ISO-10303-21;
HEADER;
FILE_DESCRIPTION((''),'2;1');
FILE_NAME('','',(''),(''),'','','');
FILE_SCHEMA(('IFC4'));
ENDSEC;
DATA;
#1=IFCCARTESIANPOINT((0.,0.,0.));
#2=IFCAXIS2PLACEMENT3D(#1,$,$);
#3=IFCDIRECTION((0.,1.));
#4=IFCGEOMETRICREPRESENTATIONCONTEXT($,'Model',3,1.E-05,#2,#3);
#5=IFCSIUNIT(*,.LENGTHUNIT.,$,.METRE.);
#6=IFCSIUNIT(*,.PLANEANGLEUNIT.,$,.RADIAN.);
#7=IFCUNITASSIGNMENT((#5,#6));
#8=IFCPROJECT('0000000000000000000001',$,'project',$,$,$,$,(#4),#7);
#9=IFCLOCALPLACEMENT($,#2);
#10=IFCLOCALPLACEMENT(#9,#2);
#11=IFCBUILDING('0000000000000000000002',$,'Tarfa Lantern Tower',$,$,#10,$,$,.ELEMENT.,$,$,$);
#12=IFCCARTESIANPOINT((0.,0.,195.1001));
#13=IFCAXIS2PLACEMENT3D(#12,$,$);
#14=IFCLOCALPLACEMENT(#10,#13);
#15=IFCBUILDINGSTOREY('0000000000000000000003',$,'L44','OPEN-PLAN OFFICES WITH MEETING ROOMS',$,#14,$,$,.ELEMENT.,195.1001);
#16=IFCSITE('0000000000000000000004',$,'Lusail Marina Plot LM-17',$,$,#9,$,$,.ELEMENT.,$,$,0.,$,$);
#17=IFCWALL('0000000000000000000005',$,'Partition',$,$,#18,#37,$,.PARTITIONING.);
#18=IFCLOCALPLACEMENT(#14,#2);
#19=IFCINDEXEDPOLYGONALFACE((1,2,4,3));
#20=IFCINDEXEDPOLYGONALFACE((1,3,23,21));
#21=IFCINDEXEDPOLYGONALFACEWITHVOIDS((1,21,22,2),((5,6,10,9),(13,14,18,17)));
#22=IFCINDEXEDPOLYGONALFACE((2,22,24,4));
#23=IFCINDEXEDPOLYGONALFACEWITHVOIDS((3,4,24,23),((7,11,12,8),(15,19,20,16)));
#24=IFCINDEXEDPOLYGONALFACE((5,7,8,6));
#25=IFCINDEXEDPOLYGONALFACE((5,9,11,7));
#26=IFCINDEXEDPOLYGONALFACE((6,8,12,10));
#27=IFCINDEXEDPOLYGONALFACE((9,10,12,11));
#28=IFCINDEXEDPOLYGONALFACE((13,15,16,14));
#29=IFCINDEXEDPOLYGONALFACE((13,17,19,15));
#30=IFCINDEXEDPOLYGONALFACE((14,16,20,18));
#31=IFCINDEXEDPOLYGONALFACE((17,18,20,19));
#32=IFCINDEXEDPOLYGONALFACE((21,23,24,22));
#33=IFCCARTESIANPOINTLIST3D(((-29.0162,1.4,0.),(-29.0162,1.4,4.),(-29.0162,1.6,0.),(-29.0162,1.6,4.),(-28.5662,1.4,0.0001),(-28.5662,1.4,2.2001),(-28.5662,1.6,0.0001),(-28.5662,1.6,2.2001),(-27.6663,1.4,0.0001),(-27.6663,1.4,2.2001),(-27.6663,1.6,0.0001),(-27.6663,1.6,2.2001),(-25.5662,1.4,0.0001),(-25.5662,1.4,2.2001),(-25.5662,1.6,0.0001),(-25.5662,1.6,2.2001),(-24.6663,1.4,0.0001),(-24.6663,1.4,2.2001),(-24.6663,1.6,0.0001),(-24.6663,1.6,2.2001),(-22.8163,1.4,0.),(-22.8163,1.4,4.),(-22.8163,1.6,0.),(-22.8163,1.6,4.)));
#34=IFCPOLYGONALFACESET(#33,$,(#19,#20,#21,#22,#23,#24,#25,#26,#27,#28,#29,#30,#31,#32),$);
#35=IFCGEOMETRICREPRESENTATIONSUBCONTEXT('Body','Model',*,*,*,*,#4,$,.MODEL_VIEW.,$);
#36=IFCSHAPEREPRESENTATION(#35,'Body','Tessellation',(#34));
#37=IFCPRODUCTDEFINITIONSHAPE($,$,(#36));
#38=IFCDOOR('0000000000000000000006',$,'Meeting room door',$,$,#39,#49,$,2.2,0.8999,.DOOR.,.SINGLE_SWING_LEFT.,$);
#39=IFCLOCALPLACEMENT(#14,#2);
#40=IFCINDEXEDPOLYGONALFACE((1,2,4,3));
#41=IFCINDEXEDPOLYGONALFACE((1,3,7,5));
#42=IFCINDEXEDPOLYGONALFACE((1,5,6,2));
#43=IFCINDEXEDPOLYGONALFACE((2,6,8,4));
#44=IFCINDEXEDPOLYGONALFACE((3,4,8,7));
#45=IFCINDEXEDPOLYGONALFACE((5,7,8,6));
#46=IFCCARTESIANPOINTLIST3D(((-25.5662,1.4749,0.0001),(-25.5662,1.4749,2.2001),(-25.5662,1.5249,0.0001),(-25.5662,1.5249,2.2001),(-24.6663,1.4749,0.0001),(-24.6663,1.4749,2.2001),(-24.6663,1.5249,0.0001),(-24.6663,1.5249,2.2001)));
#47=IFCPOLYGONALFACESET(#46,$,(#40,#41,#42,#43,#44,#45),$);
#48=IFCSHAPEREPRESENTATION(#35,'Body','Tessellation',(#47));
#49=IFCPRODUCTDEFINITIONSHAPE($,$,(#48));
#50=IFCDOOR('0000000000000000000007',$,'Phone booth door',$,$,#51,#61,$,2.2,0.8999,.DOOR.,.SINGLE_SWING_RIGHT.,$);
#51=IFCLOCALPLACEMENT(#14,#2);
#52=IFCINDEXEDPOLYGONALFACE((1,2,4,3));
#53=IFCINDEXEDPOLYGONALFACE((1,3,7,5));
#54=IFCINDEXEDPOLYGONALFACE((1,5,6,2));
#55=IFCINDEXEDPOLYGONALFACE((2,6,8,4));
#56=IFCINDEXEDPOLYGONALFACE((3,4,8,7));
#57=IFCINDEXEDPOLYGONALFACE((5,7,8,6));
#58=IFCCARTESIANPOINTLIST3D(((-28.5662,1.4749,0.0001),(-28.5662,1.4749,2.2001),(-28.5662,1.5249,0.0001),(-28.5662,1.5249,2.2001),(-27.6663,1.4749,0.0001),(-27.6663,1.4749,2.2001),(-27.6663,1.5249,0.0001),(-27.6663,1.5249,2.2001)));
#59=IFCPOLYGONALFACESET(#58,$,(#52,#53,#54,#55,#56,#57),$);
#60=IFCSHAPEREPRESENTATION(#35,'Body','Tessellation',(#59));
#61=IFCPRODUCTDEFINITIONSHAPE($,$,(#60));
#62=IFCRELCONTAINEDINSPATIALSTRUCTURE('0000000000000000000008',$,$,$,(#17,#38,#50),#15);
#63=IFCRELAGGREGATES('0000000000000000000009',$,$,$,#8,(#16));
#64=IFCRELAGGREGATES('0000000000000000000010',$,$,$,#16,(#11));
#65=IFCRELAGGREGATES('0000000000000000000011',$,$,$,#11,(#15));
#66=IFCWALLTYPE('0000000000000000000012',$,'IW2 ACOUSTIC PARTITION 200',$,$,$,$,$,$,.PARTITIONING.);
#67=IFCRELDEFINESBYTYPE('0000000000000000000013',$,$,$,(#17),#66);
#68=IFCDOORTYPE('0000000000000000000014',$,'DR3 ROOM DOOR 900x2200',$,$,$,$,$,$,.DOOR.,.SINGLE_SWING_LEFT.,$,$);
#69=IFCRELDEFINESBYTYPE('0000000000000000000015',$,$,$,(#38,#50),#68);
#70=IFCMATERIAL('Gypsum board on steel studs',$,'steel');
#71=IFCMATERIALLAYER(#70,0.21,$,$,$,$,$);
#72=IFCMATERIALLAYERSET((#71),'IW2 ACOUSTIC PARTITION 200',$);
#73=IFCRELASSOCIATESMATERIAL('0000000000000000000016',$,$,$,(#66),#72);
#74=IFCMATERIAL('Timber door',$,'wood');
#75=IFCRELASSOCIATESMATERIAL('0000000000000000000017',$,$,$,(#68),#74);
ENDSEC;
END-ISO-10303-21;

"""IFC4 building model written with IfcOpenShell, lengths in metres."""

from ifc_helpers import new_model, si_unit, direction, frame, frame_2d, origin, place, context, subcontext, project, spatial, rectangle, extrude, material, layer, layer_set, type_object, element, fill, save


model = new_model("IFC4")

# Units and contexts
model_context = context("Model", 3, precision=1e-05, world=origin(), true_north=direction((0.0, 1.0)))
body_context = subcontext(model_context, "Body", "Model", "MODEL_VIEW")
ifc_project = project(units=[si_unit("LENGTHUNIT", "METRE"), si_unit("PLANEANGLEUNIT", "RADIAN")], contexts=[model_context])

# Site, building, storey
site_placement = place(None, origin())
site = spatial("IfcSite", under=ifc_project, at=site_placement, Name="Lusail Marina Plot LM-17", CompositionType="ELEMENT", RefElevation=0.0)
building_placement = place(site_placement, origin())
building = spatial("IfcBuilding", under=site, at=building_placement, Name="Tarfa Lantern Tower", CompositionType="ELEMENT")
storey_placement = place(building_placement, frame((0.0, 0.0, 195.1001)))
storey = spatial("IfcBuildingStorey", under=building, at=storey_placement, Name="L44", Description="OPEN-PLAN OFFICES WITH MEETING ROOMS", CompositionType="ELEMENT", Elevation=195.1001)

# Wall, openings, doors
ifc_material_1 = material(Name="Gypsum board on steel studs", Category="steel")
ifc_layer_1 = layer(ifc_material_1, 0.21)
ifc_layer_set_1 = layer_set([ifc_layer_1], Name="IW2 ACOUSTIC PARTITION 200")
wall_type_1 = type_object("IfcWallType", Name="IW2 ACOUSTIC PARTITION 200", PredefinedType="PARTITIONING", material=ifc_layer_set_1)
wall_1_placement = place(storey_placement, frame((-22.8162, 1.5, 0.0), z_axis=(0.0, 0.0, 1.0), x_axis=(-1.0, 0.0, 0.0)))
wall_1 = element("IfcWall", 1, at=wall_1_placement, inside=storey, type_object=wall_type_1, Name="Partition", PredefinedType="PARTITIONING", context=body_context, shape_type="SweptSolid", body=[
    extrude(rectangle(XDim=6.2, YDim=0.2, at=frame_2d((3.1001, 0.0))), origin(), (0.0, 0.0, 1.0), 4.0),
])
opening_1_placement = place(wall_1_placement, frame((1.8501, 0.0, 0.0)))
opening_1 = element("IfcOpeningElement", 2, at=opening_1_placement, cuts=wall_1, PredefinedType="OPENING", context=body_context, shape_type="SweptSolid", body=[
    extrude(rectangle(XDim=0.8999, YDim=2.2, at=frame_2d((0.45, 1.1001))), frame((0.0, 0.1099, 0.0), z_axis=(0.0, -1.0, 0.0), x_axis=(1.0, 0.0, 0.0)), (0.0, 0.0, 1.0), 0.22),
])
opening_2_placement = place(wall_1_placement, frame((4.8501, 0.0, 0.0)))
opening_2 = element("IfcOpeningElement", 3, at=opening_2_placement, cuts=wall_1, PredefinedType="OPENING", context=body_context, shape_type="SweptSolid", body=[
    extrude(rectangle(XDim=0.8999, YDim=2.2, at=frame_2d((0.45, 1.1001))), frame((0.0, 0.1099, 0.0), z_axis=(0.0, -1.0, 0.0), x_axis=(1.0, 0.0, 0.0)), (0.0, 0.0, 1.0), 0.22),
])
ifc_material_2 = material(Name="Timber door", Category="wood")
door_type_1 = type_object("IfcDoorType", Name="DR3 ROOM DOOR 900x2200", OperationType="SINGLE_SWING_LEFT", PredefinedType="DOOR", material=ifc_material_2)
door_1_placement = place(opening_1_placement, frame((0.8999, 0.0, 0.0), z_axis=(0.0, 0.0, 1.0), x_axis=(-1.0, 0.0, 0.0)))
door_1 = element("IfcDoor", 4, at=door_1_placement, inside=storey, type_object=door_type_1, Name="Meeting room door", OperationType="SINGLE_SWING_LEFT", OverallHeight=2.2, OverallWidth=0.8999, PredefinedType="DOOR", context=body_context, shape_type="SweptSolid", body=[
    extrude(rectangle(XDim=0.8999, YDim=2.2, at=frame_2d((0.45, 1.1001))), frame((0.0, 0.0249, 0.0), z_axis=(0.0, -1.0, 0.0), x_axis=(1.0, 0.0, 0.0)), (0.0, 0.0, 1.0), 0.05),
])
fill(opening_1, door_1)
door_2_placement = place(opening_2_placement, frame((0.8999, 0.0, 0.0), z_axis=(0.0, 0.0, 1.0), x_axis=(-1.0, 0.0, 0.0)))
door_2 = element("IfcDoor", 5, at=door_2_placement, inside=storey, type_object=door_type_1, Name="Phone booth door", OperationType="SINGLE_SWING_RIGHT", OverallHeight=2.2, OverallWidth=0.8999, PredefinedType="DOOR", context=body_context, shape_type="SweptSolid", body=[
    extrude(rectangle(XDim=0.8999, YDim=2.2, at=frame_2d((0.45, 1.1001))), frame((0.0, 0.0249, 0.0), z_axis=(0.0, -1.0, 0.0), x_axis=(1.0, 0.0, 0.0)), (0.0, 0.0, 1.0), 0.05),
])
fill(opening_2, door_2)

save(model, "model.ifc")
